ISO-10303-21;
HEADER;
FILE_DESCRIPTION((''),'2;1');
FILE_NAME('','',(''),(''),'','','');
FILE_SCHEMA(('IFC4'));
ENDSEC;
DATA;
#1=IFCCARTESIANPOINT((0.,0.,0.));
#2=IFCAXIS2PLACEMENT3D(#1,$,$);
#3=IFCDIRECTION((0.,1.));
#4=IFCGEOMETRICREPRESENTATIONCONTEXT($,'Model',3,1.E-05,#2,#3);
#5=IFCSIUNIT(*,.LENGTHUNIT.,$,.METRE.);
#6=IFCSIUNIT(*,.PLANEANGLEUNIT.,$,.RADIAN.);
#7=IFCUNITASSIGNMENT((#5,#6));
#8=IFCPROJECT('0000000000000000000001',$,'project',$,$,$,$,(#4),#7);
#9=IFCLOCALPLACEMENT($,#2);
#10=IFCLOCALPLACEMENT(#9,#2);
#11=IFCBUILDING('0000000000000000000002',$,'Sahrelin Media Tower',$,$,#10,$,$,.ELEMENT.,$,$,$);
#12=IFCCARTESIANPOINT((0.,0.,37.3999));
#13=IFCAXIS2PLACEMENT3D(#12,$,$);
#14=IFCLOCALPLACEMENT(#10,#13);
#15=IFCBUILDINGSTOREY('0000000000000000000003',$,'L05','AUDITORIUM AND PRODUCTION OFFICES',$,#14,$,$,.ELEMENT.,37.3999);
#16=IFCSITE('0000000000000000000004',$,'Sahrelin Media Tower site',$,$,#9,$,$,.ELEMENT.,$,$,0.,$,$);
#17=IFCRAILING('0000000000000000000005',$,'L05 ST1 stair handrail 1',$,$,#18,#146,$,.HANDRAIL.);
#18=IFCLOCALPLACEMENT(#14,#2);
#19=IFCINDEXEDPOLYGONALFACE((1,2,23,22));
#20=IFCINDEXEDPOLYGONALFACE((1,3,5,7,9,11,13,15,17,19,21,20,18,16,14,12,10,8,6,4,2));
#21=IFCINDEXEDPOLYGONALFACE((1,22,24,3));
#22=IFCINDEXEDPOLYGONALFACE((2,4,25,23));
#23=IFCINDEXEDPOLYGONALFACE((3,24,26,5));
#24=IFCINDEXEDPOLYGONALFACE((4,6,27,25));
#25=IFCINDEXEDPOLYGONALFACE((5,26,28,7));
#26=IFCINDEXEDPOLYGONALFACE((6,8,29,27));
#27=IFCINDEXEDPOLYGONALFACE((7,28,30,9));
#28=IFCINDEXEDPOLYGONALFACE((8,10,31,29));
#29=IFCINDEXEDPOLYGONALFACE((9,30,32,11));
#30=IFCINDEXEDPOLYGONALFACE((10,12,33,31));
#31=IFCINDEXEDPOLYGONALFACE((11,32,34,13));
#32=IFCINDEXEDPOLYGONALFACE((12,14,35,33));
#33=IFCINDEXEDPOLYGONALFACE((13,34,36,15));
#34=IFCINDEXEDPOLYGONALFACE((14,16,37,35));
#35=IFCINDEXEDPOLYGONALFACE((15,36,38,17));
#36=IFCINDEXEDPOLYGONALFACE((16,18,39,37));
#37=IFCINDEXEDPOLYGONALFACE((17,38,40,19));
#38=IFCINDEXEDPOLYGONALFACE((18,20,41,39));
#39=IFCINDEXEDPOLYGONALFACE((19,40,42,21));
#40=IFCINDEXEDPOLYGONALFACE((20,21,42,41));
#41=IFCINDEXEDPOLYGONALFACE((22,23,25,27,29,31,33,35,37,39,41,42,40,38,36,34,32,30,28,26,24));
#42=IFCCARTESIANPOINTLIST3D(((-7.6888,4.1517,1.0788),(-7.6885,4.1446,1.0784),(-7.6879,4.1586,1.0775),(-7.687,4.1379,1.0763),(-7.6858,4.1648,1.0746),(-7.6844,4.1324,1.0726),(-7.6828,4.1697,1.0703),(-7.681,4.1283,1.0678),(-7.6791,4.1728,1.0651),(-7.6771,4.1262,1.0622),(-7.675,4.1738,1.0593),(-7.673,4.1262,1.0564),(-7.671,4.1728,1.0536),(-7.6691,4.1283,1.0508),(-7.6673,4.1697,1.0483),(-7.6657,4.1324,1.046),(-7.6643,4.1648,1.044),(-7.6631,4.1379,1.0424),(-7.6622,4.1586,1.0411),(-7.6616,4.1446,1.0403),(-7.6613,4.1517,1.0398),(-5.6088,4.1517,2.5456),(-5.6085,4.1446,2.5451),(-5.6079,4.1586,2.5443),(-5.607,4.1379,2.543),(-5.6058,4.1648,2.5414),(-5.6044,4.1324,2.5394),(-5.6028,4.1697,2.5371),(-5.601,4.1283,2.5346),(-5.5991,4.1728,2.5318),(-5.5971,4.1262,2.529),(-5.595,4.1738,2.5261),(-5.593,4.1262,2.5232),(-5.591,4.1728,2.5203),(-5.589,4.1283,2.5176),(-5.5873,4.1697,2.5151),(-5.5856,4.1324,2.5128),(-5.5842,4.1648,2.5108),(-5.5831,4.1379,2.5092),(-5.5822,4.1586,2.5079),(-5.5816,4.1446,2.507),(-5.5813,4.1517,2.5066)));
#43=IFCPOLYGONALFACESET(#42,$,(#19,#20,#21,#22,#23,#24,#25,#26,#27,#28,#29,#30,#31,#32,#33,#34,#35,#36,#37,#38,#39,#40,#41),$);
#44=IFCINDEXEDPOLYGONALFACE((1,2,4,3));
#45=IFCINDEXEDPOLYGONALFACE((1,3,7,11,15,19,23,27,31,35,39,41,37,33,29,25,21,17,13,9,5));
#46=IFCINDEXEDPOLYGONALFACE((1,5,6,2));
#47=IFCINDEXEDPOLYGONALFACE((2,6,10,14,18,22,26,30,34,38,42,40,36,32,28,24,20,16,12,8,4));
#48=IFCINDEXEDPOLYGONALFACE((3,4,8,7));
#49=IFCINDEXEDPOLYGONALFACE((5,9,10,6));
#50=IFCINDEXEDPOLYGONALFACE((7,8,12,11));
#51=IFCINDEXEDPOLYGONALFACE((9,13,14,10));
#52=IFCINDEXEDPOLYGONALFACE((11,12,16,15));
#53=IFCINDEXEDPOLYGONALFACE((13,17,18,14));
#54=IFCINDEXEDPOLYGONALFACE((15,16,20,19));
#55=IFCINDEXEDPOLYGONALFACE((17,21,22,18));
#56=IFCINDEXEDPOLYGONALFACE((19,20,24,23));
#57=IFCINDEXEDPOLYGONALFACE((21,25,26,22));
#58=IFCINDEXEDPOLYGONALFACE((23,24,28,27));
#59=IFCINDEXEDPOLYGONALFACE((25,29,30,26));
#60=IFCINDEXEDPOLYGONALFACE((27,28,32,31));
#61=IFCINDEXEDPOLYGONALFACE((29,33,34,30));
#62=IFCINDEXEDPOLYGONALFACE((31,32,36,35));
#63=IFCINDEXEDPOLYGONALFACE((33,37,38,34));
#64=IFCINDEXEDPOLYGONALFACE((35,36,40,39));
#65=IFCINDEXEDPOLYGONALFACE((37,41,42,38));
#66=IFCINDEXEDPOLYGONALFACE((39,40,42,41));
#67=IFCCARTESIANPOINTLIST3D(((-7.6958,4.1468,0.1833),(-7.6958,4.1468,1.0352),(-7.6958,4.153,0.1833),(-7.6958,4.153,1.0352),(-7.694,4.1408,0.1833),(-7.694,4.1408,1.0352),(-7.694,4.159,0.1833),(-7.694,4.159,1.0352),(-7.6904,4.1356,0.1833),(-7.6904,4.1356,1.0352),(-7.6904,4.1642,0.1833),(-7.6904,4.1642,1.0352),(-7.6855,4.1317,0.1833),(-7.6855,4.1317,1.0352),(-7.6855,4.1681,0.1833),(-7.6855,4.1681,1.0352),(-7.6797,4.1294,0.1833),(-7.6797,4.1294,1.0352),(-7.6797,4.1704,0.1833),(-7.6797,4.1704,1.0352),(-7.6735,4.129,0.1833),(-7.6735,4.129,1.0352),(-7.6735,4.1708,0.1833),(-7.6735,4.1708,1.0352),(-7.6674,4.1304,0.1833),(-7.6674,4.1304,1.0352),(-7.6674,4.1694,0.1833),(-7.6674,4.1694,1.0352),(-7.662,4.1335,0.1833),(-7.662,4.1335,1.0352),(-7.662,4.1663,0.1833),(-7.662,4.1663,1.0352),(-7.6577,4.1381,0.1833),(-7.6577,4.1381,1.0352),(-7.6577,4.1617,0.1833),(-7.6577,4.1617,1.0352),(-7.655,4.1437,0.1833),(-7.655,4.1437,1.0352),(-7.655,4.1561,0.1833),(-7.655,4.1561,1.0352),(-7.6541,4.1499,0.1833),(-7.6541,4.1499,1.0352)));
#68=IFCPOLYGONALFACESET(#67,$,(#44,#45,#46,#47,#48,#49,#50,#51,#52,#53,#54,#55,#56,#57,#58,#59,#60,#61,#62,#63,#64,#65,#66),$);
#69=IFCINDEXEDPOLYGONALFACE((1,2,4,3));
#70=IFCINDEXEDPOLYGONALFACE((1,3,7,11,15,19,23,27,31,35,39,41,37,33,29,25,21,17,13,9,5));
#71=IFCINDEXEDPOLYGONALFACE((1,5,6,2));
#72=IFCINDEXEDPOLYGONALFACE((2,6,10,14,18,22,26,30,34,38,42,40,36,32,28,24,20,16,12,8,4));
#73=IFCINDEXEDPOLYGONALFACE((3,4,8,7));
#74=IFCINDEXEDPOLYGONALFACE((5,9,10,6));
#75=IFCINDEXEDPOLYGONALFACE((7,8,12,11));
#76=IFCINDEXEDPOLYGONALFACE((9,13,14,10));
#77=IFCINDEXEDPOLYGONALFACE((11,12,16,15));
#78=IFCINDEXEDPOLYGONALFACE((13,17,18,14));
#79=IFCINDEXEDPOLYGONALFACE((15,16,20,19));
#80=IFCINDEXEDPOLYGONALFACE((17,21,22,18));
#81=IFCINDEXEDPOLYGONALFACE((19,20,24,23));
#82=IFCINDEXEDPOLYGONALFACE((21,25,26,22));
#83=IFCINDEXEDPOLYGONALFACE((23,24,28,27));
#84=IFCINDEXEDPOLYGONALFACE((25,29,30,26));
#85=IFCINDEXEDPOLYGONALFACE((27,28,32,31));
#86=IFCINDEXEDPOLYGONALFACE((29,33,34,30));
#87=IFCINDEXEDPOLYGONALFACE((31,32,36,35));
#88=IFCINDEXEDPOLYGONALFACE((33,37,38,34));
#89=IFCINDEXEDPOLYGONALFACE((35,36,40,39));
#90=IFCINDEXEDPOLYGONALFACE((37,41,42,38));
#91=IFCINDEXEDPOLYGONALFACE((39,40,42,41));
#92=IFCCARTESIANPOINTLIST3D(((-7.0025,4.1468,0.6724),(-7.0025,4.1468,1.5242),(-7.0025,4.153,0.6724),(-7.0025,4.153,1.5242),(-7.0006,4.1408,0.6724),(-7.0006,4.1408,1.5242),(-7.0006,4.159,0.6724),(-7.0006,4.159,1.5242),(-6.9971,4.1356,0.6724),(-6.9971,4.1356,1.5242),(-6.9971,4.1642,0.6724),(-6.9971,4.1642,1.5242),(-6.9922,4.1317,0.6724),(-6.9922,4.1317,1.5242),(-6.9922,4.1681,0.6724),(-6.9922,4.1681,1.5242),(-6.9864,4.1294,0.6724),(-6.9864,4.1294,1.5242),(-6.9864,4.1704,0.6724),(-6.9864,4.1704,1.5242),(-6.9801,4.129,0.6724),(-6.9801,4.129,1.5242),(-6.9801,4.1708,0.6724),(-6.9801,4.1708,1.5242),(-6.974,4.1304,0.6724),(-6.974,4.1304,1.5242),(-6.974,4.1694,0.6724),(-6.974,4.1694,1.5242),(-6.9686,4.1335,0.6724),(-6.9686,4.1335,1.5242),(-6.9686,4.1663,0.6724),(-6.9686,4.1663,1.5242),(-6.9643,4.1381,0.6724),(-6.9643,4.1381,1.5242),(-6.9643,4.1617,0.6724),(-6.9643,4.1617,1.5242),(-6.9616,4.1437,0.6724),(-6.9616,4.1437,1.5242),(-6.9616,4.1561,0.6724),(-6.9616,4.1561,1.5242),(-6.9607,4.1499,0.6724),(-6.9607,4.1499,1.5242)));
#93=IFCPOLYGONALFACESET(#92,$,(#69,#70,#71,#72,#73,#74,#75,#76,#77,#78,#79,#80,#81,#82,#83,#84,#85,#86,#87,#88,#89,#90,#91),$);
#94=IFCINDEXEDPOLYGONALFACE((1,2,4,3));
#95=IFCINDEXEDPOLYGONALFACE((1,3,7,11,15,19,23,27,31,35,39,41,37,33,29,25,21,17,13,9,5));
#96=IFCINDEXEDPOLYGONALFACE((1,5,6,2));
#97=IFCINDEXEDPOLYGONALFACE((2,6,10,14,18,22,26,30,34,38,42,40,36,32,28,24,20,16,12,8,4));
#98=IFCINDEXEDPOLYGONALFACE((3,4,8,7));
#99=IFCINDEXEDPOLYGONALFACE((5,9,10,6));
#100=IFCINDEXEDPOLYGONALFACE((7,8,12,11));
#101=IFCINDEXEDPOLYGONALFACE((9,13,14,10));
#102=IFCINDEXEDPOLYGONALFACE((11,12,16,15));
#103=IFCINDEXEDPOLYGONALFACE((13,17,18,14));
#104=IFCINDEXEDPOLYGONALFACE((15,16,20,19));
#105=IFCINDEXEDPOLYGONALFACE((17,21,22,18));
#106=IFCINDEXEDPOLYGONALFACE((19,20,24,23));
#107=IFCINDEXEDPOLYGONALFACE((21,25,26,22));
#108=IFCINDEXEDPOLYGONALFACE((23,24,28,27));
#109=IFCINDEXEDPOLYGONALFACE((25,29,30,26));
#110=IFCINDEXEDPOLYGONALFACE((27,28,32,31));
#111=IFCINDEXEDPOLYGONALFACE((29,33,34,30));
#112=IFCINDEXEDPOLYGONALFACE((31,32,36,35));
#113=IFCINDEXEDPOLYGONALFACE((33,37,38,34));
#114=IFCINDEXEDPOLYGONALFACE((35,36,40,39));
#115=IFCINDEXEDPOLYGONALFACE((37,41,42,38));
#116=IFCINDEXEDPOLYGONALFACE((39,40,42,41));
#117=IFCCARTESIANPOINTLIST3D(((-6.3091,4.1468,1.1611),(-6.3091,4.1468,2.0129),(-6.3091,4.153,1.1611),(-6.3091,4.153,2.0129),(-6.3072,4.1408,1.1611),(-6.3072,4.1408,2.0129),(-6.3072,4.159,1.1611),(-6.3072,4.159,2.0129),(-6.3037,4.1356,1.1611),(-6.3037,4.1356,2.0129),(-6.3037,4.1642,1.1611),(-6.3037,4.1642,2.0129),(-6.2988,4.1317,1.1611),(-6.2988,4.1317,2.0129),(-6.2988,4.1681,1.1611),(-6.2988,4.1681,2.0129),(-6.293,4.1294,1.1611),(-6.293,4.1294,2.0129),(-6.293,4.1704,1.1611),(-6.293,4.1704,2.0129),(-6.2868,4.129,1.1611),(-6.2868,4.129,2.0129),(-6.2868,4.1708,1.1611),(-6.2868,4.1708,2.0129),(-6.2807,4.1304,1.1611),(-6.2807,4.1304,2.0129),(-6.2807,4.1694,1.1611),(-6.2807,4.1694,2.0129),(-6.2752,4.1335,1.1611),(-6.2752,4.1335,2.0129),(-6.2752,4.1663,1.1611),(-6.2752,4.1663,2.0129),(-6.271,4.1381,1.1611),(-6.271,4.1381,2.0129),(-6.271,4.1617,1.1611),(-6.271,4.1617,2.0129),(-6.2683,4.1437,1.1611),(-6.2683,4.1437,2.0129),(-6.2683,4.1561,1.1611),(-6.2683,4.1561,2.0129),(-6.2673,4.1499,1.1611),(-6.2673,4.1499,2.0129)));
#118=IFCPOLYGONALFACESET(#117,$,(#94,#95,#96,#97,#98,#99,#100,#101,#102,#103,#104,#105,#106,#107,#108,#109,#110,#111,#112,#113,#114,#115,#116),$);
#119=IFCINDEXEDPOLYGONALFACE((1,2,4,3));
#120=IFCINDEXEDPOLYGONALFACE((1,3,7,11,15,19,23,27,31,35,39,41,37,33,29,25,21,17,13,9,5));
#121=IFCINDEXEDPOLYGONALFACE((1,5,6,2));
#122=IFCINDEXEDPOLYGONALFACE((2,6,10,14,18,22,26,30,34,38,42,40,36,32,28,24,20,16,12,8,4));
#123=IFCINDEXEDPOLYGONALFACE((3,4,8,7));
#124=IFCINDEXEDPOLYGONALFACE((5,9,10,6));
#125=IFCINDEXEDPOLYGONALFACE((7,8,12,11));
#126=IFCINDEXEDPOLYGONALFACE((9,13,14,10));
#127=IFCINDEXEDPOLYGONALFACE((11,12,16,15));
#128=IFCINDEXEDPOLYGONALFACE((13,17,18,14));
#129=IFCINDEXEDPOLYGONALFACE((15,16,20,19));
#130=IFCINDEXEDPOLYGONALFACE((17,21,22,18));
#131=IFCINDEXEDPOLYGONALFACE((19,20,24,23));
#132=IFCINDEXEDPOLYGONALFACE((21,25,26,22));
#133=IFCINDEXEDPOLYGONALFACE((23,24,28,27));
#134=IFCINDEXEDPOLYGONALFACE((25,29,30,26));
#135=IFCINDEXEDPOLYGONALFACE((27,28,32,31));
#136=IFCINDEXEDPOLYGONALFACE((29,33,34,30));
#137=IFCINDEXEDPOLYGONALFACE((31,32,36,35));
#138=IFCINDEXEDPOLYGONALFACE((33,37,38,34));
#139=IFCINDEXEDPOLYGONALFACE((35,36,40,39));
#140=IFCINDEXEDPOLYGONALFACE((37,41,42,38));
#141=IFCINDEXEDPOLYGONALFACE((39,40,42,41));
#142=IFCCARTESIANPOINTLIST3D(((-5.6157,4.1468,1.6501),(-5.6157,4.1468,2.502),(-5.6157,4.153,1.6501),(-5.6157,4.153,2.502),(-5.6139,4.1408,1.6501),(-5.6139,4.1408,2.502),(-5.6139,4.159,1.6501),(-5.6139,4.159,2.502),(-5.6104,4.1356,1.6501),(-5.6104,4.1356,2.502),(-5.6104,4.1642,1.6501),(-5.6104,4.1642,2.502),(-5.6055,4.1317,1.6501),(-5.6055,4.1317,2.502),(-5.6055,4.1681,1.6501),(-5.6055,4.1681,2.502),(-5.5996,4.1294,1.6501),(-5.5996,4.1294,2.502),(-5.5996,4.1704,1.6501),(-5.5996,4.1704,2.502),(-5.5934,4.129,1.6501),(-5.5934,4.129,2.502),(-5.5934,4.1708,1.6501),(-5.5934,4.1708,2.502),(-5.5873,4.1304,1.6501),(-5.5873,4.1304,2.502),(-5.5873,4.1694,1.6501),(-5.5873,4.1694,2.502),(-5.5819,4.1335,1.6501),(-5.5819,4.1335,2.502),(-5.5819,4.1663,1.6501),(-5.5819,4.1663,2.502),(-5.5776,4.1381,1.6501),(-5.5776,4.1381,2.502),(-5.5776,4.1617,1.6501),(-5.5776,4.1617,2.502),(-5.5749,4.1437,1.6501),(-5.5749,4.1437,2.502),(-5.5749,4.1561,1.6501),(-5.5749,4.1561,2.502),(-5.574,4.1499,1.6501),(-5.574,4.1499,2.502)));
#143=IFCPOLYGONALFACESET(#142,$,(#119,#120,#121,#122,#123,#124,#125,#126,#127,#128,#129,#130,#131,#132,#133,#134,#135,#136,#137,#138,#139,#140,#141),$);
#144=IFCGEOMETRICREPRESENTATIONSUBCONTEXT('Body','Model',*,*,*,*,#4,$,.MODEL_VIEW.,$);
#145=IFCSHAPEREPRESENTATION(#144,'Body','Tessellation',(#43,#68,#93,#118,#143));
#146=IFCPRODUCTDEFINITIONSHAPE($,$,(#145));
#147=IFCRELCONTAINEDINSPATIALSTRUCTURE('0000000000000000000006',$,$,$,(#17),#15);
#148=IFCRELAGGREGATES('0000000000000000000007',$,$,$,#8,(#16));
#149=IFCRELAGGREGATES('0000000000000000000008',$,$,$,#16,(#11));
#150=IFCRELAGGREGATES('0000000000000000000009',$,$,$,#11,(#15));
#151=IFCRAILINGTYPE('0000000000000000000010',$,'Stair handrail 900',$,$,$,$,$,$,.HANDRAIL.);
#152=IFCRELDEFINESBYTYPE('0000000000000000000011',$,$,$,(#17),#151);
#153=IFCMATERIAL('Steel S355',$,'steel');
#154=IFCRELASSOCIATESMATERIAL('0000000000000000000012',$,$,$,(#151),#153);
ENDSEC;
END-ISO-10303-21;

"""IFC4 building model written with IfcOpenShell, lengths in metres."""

from ifc_helpers import new_model, si_unit, direction, frame, origin, origin_2d, place, context, subcontext, project, spatial, circle, extrude, material, type_object, element, save


model = new_model("IFC4")

# Units and contexts
model_context = context("Model", 3, precision=1e-05, world=origin(), true_north=direction((0.0, 1.0)))
body_context = subcontext(model_context, "Body", "Model", "MODEL_VIEW")
ifc_project = project(units=[si_unit("LENGTHUNIT", "METRE"), si_unit("PLANEANGLEUNIT", "RADIAN")], contexts=[model_context])

# Site, building, storey
site_placement = place(None, origin())
site = spatial("IfcSite", under=ifc_project, at=site_placement, Name="Sahrelin Media Tower site", CompositionType="ELEMENT", RefElevation=0.0)
building_placement = place(site_placement, origin())
building = spatial("IfcBuilding", under=site, at=building_placement, Name="Sahrelin Media Tower", CompositionType="ELEMENT")
storey_placement = place(building_placement, frame((0.0, 0.0, 37.3999)))
storey = spatial("IfcBuildingStorey", under=building, at=storey_placement, Name="L05", Description="AUDITORIUM AND PRODUCTION OFFICES", CompositionType="ELEMENT", Elevation=37.3999)

# Shared definitions
ifc_material_1 = material(Name="Steel S355", Category="steel")

# Railing
railing_type_1 = type_object("IfcRailingType", Name="Stair handrail 900", PredefinedType="HANDRAIL", material=ifc_material_1)
for number, where, name in (
    (1, (-7.675, 4.1499, 0.1833), "L05 ST1 stair handrail 1"),
):
    element("IfcRailing", number, at=place(storey_placement, frame(where)), inside=storey, type_object=railing_type_1, Name=name, PredefinedType="HANDRAIL", context=body_context, shape_type="SweptSolid", body=[
        extrude(circle(Radius=0.0239, at=origin_2d()), frame((0.0, 0.0, 0.876), z_axis=(0.817244, 0.0, 0.576291), x_axis=(0.0, 1.0, 0.0)), (0.0, 0.0, 1.0), 2.5452),
        extrude(circle(Radius=0.021, at=origin_2d()), origin(), (0.0, 0.0, 1.0), 0.8518),
        extrude(circle(Radius=0.021, at=origin_2d()), frame((0.6934, 0.0, 0.489)), (0.0, 0.0, 1.0), 0.8518),
        extrude(circle(Radius=0.021, at=origin_2d()), frame((1.3867, 0.0, 0.9778)), (0.0, 0.0, 1.0), 0.8518),
        extrude(circle(Radius=0.021, at=origin_2d()), frame((2.0801, 0.0, 1.4668)), (0.0, 0.0, 1.0), 0.8518),
    ])

save(model, "model.ifc")
